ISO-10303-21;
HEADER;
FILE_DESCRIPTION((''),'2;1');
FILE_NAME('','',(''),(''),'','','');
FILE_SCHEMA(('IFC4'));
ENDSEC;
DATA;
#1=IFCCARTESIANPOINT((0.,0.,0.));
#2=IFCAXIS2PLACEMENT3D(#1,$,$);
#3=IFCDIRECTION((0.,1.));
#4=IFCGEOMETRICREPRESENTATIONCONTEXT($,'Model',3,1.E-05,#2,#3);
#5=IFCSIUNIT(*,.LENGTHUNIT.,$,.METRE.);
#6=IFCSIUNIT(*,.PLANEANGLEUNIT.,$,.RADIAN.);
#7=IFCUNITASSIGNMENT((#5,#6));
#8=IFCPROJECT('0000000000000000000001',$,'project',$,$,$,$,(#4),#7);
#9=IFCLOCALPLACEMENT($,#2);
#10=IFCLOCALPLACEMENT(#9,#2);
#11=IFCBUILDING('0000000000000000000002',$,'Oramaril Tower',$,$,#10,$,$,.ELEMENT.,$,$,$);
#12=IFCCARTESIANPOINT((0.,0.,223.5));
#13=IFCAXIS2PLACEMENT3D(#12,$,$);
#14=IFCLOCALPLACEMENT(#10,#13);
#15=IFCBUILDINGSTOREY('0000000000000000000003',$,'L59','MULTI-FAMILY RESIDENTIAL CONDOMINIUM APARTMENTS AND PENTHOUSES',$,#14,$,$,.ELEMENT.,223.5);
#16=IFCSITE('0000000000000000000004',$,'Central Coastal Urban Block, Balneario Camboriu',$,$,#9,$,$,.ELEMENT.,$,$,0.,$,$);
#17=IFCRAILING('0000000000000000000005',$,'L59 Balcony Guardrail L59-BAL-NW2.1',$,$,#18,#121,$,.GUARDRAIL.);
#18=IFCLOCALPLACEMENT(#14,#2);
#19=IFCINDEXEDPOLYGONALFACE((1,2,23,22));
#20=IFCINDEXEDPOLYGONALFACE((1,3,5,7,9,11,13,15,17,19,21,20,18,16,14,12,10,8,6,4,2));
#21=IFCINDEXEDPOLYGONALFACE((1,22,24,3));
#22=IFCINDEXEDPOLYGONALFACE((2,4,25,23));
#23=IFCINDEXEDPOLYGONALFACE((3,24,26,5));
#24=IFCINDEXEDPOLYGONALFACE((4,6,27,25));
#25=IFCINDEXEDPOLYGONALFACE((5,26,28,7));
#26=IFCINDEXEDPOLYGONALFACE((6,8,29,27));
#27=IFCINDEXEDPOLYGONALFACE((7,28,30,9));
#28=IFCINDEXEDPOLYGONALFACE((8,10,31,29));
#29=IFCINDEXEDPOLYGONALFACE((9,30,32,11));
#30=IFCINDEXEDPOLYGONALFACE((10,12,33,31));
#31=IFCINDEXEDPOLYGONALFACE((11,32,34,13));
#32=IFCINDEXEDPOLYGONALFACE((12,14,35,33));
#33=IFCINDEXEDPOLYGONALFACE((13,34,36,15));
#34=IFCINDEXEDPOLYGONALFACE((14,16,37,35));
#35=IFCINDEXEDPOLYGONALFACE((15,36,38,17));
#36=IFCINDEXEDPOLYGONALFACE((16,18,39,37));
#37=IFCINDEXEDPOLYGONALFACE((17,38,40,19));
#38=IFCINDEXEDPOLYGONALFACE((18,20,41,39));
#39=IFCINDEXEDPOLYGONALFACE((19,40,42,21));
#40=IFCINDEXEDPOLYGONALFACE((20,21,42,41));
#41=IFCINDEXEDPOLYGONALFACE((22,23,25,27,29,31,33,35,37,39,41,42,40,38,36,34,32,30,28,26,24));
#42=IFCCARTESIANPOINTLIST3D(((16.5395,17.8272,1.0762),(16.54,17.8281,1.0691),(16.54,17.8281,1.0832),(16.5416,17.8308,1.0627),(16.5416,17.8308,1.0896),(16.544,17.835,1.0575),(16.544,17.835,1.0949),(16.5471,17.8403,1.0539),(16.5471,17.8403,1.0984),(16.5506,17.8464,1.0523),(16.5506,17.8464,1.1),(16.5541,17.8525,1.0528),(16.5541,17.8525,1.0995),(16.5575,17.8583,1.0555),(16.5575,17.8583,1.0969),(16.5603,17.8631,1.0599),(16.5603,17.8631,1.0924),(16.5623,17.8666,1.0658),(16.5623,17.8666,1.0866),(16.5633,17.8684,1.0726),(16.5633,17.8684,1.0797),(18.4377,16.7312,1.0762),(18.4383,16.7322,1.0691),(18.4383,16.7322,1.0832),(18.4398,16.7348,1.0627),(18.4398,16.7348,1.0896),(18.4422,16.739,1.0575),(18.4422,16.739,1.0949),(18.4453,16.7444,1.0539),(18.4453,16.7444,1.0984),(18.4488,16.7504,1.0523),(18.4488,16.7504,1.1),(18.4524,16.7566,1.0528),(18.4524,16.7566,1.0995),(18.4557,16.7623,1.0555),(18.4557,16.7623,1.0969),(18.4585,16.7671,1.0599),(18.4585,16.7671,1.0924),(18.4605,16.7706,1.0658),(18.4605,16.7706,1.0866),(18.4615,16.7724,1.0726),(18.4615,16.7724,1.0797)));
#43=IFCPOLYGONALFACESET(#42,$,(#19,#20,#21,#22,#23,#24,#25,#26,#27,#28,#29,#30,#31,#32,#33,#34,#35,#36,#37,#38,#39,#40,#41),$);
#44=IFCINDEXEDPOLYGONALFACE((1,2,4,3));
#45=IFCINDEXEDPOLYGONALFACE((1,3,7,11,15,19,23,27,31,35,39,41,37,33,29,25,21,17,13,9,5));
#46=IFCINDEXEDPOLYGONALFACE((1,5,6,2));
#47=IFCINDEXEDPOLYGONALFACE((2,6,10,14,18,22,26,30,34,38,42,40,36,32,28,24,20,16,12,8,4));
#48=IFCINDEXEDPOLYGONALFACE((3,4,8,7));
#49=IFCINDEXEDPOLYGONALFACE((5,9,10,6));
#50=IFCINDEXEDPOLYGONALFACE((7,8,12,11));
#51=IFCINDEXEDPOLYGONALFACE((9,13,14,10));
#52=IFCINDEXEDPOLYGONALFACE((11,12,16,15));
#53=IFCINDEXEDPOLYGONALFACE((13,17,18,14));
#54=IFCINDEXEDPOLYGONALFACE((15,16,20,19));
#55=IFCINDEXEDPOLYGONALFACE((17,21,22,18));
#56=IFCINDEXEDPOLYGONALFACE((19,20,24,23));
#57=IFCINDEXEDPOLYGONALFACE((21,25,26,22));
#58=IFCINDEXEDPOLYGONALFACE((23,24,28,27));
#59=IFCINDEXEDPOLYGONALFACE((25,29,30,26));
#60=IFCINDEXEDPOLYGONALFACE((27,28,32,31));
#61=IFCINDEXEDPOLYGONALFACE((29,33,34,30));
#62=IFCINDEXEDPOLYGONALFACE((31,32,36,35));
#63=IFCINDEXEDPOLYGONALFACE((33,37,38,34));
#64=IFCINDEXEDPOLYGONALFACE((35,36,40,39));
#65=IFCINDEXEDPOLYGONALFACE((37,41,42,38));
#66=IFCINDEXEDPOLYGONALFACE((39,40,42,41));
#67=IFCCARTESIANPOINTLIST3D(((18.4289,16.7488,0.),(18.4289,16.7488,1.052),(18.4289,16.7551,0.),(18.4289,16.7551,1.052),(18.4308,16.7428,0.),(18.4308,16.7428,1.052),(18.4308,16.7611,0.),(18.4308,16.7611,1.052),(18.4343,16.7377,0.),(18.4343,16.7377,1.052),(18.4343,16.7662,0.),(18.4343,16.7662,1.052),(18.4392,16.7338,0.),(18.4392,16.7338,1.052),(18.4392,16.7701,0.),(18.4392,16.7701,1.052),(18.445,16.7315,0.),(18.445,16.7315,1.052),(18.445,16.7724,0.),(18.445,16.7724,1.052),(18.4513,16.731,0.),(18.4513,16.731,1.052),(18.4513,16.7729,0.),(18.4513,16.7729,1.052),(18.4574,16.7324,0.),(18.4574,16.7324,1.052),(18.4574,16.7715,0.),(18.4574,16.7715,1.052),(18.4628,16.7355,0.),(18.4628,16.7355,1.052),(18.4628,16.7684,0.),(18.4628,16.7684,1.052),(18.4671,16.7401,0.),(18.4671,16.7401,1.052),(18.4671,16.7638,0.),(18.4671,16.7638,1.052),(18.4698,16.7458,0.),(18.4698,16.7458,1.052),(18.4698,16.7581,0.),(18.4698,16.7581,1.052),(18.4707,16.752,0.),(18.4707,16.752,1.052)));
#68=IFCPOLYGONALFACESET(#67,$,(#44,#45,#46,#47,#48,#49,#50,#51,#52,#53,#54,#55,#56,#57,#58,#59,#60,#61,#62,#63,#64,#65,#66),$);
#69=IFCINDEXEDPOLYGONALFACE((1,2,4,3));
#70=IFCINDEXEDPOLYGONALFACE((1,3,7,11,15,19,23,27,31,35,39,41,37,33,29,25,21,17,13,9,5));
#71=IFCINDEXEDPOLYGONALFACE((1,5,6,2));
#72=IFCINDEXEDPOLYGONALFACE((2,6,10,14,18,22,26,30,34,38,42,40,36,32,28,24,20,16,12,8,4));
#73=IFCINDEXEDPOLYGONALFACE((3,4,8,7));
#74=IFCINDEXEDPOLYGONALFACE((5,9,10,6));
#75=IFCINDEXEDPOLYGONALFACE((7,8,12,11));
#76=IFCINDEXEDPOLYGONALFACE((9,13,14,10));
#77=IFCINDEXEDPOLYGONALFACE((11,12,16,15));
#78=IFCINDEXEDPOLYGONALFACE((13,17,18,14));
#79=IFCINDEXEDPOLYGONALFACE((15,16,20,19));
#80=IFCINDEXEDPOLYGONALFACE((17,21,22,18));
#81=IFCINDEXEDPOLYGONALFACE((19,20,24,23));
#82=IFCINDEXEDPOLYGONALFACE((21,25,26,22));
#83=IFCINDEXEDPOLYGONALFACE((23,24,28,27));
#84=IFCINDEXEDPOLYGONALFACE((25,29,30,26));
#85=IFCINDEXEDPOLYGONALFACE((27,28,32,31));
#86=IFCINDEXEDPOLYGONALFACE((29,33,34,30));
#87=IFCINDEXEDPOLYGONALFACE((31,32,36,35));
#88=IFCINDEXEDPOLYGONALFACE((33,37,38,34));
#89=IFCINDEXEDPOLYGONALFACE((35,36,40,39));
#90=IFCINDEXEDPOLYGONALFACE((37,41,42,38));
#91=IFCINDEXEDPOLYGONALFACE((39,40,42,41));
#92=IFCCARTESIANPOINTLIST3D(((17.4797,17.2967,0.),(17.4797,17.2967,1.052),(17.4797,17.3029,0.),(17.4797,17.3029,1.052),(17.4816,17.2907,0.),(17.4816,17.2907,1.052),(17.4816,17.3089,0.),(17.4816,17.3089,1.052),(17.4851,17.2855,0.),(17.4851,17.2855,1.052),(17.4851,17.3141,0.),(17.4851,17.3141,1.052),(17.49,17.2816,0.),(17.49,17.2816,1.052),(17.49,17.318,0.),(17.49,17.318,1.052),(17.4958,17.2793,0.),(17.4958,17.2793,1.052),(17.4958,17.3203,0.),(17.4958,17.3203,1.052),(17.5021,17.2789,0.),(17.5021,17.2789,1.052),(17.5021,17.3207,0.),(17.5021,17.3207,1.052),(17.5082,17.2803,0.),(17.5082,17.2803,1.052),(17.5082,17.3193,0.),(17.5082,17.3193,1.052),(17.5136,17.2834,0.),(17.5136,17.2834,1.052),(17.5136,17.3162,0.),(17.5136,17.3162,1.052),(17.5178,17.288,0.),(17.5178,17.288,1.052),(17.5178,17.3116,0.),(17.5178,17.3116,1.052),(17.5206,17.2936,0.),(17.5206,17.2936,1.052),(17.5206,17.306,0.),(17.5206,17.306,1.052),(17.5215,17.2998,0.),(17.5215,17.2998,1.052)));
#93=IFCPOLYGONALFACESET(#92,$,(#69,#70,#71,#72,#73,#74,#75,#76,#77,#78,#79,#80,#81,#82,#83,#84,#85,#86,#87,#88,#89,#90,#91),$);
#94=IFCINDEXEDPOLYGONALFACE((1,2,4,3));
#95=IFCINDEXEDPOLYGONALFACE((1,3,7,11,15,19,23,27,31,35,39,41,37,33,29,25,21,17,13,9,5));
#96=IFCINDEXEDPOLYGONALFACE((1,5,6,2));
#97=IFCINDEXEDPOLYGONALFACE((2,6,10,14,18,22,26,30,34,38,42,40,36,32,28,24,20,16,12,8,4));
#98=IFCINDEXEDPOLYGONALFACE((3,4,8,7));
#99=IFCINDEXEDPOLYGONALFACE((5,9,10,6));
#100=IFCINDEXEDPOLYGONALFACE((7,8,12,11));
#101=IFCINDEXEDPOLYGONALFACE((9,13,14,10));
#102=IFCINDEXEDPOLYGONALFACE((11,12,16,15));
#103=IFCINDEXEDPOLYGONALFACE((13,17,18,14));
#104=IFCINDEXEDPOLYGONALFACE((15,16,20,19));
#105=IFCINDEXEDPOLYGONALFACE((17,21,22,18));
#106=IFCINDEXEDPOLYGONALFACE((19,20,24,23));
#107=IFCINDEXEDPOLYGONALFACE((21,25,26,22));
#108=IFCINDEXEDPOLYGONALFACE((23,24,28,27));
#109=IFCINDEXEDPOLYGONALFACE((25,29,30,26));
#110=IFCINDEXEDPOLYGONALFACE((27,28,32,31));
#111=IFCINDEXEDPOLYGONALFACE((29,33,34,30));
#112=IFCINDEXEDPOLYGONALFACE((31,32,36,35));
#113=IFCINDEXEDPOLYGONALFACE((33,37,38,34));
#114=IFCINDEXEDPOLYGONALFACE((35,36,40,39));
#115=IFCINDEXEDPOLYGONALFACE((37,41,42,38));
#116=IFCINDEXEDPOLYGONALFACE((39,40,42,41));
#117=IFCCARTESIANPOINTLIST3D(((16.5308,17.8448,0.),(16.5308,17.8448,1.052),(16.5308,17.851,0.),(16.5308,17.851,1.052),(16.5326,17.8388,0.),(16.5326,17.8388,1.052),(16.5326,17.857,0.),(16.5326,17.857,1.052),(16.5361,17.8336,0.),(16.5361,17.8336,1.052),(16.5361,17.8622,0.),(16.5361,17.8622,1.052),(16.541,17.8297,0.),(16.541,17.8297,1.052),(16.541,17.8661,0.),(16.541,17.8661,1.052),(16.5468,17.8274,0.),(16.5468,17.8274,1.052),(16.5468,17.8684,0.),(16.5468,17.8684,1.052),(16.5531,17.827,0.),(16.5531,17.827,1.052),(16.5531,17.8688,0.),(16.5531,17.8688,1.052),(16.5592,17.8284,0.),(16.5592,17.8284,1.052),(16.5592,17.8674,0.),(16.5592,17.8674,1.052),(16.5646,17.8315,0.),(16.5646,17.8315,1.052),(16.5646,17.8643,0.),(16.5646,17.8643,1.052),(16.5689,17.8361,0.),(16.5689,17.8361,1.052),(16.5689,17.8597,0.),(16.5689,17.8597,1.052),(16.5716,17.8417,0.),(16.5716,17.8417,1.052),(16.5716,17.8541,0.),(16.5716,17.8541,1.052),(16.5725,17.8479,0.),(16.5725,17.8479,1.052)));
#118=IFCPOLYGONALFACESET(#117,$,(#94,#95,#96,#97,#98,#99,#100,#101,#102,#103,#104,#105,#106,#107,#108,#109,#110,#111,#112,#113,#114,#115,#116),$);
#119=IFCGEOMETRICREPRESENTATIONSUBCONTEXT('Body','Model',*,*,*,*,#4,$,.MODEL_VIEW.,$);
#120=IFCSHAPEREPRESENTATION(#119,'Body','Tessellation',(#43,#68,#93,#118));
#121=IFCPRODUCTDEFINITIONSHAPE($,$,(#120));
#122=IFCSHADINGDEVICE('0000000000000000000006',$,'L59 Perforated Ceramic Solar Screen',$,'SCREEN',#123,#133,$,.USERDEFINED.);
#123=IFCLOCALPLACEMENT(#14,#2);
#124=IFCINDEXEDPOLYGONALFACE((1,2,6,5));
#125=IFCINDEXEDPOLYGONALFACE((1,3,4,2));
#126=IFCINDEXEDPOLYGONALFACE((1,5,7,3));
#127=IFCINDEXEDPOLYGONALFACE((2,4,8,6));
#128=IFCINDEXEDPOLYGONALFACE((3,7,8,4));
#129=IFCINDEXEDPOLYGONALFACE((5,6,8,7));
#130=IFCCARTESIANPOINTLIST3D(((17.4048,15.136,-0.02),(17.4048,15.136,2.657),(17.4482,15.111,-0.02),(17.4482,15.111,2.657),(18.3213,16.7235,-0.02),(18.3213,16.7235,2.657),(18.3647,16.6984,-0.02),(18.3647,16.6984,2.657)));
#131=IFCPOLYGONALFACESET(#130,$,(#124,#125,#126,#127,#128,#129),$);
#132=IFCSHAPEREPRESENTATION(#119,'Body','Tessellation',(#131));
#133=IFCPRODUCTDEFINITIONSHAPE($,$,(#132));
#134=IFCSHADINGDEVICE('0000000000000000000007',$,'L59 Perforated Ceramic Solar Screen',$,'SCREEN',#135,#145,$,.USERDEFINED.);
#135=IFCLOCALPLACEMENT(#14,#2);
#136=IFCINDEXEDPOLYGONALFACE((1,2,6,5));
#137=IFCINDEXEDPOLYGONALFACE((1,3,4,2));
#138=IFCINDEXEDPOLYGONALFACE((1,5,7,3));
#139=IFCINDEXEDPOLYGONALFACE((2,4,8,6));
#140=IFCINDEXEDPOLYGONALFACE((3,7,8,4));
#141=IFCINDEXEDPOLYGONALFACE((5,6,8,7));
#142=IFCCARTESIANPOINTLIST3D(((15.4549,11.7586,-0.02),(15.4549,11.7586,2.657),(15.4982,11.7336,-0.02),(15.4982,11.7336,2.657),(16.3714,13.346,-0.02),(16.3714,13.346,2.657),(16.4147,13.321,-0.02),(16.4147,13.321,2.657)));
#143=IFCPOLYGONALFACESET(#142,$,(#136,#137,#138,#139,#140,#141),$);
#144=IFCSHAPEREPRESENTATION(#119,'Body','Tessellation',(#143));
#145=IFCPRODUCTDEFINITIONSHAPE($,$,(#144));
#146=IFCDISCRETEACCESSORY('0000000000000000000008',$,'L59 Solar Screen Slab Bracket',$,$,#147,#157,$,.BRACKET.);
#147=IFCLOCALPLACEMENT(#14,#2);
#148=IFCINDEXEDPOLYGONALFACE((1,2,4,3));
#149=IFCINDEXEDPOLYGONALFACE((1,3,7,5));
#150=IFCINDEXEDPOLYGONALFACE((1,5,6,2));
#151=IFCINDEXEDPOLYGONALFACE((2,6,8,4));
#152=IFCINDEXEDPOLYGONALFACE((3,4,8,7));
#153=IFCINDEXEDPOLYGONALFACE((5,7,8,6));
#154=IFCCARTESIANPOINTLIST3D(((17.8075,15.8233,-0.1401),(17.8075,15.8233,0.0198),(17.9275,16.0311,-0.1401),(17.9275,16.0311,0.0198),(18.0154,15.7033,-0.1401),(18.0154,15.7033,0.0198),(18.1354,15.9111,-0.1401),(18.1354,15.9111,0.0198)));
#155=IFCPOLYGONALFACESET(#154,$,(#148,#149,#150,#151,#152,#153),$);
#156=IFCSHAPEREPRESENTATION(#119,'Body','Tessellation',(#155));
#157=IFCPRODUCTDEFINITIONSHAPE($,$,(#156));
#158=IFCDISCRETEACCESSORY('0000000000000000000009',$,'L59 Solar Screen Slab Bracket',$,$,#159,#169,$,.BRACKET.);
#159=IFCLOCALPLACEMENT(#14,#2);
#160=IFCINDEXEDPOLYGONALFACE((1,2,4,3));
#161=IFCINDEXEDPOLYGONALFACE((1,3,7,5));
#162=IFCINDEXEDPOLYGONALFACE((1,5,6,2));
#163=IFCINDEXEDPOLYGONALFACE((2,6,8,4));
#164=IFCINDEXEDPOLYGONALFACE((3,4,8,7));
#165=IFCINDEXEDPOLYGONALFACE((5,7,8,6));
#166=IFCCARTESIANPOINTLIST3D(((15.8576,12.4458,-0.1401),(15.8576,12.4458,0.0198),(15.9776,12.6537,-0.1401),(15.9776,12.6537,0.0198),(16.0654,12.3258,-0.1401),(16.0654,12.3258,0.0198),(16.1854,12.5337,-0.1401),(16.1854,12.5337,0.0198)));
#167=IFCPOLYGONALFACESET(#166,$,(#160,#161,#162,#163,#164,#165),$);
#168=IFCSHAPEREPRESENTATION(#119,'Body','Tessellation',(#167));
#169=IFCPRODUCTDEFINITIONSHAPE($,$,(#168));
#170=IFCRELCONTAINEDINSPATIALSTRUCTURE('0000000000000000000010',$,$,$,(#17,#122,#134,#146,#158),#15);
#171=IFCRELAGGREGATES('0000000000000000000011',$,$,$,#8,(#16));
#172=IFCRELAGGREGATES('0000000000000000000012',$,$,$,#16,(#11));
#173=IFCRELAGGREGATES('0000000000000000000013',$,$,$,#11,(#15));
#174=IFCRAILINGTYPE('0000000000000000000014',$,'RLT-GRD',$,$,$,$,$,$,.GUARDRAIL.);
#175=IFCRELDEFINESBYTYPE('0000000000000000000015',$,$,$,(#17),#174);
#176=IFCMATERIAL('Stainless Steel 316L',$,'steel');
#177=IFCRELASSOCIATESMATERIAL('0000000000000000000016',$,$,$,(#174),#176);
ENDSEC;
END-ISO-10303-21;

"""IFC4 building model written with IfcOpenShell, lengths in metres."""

from ifc_helpers import new_model, si_unit, direction, frame, origin, origin_2d, place, context, subcontext, project, spatial, rectangle, circle, extrude, material, type_object, element, save


model = new_model("IFC4")

# Units and contexts
model_context = context("Model", 3, precision=1e-05, world=origin(), true_north=direction((0.0, 1.0)))
body_context = subcontext(model_context, "Body", "Model", "MODEL_VIEW")
ifc_project = project(units=[si_unit("LENGTHUNIT", "METRE"), si_unit("PLANEANGLEUNIT", "RADIAN")], contexts=[model_context])

# Site, building, storey
site_placement = place(None, origin())
site = spatial("IfcSite", under=ifc_project, at=site_placement, Name="Central Coastal Urban Block, Balneario Camboriu", CompositionType="ELEMENT", RefElevation=0.0)
building_placement = place(site_placement, origin())
building = spatial("IfcBuilding", under=site, at=building_placement, Name="Oramaril Tower", CompositionType="ELEMENT")
storey_placement = place(building_placement, frame((0.0, 0.0, 223.5)))
storey = spatial("IfcBuildingStorey", under=building, at=storey_placement, Name="L59", Description="MULTI-FAMILY RESIDENTIAL CONDOMINIUM APARTMENTS AND PENTHOUSES", CompositionType="ELEMENT", Elevation=223.5)

# Railing
ifc_material_1 = material(Name="Stainless Steel 316L", Category="steel")
railing_type = type_object("IfcRailingType", Name="RLT-GRD", PredefinedType="GUARDRAIL", material=ifc_material_1)
railing_1_placement = place(storey_placement, frame((18.4497, 16.752, 0.0)))
element("IfcRailing", 1, at=railing_1_placement, inside=storey, type_object=railing_type, Name="L59 Balcony Guardrail L59-BAL-NW2.1", PredefinedType="GUARDRAIL", context=body_context, shape_type="SweptSolid", body=[
    extrude(circle(Radius=0.0239, at=origin_2d()), frame((0.0, 0.0, 1.0762), z_axis=(-0.866021, 0.500008, 0.0), x_axis=(-0.500008, -0.866021, 0.0)), (0.0, 0.0, 1.0), 2.1919),
    extrude(circle(Radius=0.021, at=origin_2d()), origin(), (0.0, 0.0, 1.0), 1.052),
    extrude(circle(Radius=0.021, at=origin_2d()), frame((-0.9492, 0.5479, 0.0)), (0.0, 0.0, 1.0), 1.052),
    extrude(circle(Radius=0.021, at=origin_2d()), frame((-1.8982, 1.0959, 0.0)), (0.0, 0.0, 1.0), 1.052),
])

# Shading devices
for number, where, z_axis, x_axis, name in (
    (2, (17.8848, 15.9172, -0.02), (0.0, 0.0, 1.0), (-0.5, -0.866025, 0.0), "L59 Perforated Ceramic Solar Screen"),
    (3, (15.9348, 12.5398, -0.02), (0.0, 0.0, 1.0), (-0.5, -0.866025, 0.0), "L59 Perforated Ceramic Solar Screen"),
):
    element("IfcShadingDevice", number, at=place(storey_placement, frame(where, z_axis=z_axis, x_axis=x_axis)), inside=storey, Name=name, ObjectType="SCREEN", PredefinedType="USERDEFINED", context=body_context, shape_type="SweptSolid", body=[
        extrude(rectangle(XDim=1.833, YDim=0.05, at=origin_2d()), origin(), (0.0, 0.0, 1.0), 2.677),
    ])

# Discrete accessories
for number, where, z_axis, x_axis, name in (
    (4, (17.9714, 15.8672, -0.1401), (0.0, 0.0, 1.0), (-0.5, -0.866025, 0.0), "L59 Solar Screen Slab Bracket"),
    (5, (16.0215, 12.4897, -0.1401), (0.0, 0.0, 1.0), (-0.5, -0.866025, 0.0), "L59 Solar Screen Slab Bracket"),
):
    element("IfcDiscreteAccessory", number, at=place(storey_placement, frame(where, z_axis=z_axis, x_axis=x_axis)), inside=storey, Name=name, PredefinedType="BRACKET", context=body_context, shape_type="SweptSolid", body=[
        extrude(rectangle(XDim=0.24, YDim=0.24, at=origin_2d()), origin(), (0.0, 0.0, 1.0), 0.1599),
    ])

save(model, "model.ifc")
